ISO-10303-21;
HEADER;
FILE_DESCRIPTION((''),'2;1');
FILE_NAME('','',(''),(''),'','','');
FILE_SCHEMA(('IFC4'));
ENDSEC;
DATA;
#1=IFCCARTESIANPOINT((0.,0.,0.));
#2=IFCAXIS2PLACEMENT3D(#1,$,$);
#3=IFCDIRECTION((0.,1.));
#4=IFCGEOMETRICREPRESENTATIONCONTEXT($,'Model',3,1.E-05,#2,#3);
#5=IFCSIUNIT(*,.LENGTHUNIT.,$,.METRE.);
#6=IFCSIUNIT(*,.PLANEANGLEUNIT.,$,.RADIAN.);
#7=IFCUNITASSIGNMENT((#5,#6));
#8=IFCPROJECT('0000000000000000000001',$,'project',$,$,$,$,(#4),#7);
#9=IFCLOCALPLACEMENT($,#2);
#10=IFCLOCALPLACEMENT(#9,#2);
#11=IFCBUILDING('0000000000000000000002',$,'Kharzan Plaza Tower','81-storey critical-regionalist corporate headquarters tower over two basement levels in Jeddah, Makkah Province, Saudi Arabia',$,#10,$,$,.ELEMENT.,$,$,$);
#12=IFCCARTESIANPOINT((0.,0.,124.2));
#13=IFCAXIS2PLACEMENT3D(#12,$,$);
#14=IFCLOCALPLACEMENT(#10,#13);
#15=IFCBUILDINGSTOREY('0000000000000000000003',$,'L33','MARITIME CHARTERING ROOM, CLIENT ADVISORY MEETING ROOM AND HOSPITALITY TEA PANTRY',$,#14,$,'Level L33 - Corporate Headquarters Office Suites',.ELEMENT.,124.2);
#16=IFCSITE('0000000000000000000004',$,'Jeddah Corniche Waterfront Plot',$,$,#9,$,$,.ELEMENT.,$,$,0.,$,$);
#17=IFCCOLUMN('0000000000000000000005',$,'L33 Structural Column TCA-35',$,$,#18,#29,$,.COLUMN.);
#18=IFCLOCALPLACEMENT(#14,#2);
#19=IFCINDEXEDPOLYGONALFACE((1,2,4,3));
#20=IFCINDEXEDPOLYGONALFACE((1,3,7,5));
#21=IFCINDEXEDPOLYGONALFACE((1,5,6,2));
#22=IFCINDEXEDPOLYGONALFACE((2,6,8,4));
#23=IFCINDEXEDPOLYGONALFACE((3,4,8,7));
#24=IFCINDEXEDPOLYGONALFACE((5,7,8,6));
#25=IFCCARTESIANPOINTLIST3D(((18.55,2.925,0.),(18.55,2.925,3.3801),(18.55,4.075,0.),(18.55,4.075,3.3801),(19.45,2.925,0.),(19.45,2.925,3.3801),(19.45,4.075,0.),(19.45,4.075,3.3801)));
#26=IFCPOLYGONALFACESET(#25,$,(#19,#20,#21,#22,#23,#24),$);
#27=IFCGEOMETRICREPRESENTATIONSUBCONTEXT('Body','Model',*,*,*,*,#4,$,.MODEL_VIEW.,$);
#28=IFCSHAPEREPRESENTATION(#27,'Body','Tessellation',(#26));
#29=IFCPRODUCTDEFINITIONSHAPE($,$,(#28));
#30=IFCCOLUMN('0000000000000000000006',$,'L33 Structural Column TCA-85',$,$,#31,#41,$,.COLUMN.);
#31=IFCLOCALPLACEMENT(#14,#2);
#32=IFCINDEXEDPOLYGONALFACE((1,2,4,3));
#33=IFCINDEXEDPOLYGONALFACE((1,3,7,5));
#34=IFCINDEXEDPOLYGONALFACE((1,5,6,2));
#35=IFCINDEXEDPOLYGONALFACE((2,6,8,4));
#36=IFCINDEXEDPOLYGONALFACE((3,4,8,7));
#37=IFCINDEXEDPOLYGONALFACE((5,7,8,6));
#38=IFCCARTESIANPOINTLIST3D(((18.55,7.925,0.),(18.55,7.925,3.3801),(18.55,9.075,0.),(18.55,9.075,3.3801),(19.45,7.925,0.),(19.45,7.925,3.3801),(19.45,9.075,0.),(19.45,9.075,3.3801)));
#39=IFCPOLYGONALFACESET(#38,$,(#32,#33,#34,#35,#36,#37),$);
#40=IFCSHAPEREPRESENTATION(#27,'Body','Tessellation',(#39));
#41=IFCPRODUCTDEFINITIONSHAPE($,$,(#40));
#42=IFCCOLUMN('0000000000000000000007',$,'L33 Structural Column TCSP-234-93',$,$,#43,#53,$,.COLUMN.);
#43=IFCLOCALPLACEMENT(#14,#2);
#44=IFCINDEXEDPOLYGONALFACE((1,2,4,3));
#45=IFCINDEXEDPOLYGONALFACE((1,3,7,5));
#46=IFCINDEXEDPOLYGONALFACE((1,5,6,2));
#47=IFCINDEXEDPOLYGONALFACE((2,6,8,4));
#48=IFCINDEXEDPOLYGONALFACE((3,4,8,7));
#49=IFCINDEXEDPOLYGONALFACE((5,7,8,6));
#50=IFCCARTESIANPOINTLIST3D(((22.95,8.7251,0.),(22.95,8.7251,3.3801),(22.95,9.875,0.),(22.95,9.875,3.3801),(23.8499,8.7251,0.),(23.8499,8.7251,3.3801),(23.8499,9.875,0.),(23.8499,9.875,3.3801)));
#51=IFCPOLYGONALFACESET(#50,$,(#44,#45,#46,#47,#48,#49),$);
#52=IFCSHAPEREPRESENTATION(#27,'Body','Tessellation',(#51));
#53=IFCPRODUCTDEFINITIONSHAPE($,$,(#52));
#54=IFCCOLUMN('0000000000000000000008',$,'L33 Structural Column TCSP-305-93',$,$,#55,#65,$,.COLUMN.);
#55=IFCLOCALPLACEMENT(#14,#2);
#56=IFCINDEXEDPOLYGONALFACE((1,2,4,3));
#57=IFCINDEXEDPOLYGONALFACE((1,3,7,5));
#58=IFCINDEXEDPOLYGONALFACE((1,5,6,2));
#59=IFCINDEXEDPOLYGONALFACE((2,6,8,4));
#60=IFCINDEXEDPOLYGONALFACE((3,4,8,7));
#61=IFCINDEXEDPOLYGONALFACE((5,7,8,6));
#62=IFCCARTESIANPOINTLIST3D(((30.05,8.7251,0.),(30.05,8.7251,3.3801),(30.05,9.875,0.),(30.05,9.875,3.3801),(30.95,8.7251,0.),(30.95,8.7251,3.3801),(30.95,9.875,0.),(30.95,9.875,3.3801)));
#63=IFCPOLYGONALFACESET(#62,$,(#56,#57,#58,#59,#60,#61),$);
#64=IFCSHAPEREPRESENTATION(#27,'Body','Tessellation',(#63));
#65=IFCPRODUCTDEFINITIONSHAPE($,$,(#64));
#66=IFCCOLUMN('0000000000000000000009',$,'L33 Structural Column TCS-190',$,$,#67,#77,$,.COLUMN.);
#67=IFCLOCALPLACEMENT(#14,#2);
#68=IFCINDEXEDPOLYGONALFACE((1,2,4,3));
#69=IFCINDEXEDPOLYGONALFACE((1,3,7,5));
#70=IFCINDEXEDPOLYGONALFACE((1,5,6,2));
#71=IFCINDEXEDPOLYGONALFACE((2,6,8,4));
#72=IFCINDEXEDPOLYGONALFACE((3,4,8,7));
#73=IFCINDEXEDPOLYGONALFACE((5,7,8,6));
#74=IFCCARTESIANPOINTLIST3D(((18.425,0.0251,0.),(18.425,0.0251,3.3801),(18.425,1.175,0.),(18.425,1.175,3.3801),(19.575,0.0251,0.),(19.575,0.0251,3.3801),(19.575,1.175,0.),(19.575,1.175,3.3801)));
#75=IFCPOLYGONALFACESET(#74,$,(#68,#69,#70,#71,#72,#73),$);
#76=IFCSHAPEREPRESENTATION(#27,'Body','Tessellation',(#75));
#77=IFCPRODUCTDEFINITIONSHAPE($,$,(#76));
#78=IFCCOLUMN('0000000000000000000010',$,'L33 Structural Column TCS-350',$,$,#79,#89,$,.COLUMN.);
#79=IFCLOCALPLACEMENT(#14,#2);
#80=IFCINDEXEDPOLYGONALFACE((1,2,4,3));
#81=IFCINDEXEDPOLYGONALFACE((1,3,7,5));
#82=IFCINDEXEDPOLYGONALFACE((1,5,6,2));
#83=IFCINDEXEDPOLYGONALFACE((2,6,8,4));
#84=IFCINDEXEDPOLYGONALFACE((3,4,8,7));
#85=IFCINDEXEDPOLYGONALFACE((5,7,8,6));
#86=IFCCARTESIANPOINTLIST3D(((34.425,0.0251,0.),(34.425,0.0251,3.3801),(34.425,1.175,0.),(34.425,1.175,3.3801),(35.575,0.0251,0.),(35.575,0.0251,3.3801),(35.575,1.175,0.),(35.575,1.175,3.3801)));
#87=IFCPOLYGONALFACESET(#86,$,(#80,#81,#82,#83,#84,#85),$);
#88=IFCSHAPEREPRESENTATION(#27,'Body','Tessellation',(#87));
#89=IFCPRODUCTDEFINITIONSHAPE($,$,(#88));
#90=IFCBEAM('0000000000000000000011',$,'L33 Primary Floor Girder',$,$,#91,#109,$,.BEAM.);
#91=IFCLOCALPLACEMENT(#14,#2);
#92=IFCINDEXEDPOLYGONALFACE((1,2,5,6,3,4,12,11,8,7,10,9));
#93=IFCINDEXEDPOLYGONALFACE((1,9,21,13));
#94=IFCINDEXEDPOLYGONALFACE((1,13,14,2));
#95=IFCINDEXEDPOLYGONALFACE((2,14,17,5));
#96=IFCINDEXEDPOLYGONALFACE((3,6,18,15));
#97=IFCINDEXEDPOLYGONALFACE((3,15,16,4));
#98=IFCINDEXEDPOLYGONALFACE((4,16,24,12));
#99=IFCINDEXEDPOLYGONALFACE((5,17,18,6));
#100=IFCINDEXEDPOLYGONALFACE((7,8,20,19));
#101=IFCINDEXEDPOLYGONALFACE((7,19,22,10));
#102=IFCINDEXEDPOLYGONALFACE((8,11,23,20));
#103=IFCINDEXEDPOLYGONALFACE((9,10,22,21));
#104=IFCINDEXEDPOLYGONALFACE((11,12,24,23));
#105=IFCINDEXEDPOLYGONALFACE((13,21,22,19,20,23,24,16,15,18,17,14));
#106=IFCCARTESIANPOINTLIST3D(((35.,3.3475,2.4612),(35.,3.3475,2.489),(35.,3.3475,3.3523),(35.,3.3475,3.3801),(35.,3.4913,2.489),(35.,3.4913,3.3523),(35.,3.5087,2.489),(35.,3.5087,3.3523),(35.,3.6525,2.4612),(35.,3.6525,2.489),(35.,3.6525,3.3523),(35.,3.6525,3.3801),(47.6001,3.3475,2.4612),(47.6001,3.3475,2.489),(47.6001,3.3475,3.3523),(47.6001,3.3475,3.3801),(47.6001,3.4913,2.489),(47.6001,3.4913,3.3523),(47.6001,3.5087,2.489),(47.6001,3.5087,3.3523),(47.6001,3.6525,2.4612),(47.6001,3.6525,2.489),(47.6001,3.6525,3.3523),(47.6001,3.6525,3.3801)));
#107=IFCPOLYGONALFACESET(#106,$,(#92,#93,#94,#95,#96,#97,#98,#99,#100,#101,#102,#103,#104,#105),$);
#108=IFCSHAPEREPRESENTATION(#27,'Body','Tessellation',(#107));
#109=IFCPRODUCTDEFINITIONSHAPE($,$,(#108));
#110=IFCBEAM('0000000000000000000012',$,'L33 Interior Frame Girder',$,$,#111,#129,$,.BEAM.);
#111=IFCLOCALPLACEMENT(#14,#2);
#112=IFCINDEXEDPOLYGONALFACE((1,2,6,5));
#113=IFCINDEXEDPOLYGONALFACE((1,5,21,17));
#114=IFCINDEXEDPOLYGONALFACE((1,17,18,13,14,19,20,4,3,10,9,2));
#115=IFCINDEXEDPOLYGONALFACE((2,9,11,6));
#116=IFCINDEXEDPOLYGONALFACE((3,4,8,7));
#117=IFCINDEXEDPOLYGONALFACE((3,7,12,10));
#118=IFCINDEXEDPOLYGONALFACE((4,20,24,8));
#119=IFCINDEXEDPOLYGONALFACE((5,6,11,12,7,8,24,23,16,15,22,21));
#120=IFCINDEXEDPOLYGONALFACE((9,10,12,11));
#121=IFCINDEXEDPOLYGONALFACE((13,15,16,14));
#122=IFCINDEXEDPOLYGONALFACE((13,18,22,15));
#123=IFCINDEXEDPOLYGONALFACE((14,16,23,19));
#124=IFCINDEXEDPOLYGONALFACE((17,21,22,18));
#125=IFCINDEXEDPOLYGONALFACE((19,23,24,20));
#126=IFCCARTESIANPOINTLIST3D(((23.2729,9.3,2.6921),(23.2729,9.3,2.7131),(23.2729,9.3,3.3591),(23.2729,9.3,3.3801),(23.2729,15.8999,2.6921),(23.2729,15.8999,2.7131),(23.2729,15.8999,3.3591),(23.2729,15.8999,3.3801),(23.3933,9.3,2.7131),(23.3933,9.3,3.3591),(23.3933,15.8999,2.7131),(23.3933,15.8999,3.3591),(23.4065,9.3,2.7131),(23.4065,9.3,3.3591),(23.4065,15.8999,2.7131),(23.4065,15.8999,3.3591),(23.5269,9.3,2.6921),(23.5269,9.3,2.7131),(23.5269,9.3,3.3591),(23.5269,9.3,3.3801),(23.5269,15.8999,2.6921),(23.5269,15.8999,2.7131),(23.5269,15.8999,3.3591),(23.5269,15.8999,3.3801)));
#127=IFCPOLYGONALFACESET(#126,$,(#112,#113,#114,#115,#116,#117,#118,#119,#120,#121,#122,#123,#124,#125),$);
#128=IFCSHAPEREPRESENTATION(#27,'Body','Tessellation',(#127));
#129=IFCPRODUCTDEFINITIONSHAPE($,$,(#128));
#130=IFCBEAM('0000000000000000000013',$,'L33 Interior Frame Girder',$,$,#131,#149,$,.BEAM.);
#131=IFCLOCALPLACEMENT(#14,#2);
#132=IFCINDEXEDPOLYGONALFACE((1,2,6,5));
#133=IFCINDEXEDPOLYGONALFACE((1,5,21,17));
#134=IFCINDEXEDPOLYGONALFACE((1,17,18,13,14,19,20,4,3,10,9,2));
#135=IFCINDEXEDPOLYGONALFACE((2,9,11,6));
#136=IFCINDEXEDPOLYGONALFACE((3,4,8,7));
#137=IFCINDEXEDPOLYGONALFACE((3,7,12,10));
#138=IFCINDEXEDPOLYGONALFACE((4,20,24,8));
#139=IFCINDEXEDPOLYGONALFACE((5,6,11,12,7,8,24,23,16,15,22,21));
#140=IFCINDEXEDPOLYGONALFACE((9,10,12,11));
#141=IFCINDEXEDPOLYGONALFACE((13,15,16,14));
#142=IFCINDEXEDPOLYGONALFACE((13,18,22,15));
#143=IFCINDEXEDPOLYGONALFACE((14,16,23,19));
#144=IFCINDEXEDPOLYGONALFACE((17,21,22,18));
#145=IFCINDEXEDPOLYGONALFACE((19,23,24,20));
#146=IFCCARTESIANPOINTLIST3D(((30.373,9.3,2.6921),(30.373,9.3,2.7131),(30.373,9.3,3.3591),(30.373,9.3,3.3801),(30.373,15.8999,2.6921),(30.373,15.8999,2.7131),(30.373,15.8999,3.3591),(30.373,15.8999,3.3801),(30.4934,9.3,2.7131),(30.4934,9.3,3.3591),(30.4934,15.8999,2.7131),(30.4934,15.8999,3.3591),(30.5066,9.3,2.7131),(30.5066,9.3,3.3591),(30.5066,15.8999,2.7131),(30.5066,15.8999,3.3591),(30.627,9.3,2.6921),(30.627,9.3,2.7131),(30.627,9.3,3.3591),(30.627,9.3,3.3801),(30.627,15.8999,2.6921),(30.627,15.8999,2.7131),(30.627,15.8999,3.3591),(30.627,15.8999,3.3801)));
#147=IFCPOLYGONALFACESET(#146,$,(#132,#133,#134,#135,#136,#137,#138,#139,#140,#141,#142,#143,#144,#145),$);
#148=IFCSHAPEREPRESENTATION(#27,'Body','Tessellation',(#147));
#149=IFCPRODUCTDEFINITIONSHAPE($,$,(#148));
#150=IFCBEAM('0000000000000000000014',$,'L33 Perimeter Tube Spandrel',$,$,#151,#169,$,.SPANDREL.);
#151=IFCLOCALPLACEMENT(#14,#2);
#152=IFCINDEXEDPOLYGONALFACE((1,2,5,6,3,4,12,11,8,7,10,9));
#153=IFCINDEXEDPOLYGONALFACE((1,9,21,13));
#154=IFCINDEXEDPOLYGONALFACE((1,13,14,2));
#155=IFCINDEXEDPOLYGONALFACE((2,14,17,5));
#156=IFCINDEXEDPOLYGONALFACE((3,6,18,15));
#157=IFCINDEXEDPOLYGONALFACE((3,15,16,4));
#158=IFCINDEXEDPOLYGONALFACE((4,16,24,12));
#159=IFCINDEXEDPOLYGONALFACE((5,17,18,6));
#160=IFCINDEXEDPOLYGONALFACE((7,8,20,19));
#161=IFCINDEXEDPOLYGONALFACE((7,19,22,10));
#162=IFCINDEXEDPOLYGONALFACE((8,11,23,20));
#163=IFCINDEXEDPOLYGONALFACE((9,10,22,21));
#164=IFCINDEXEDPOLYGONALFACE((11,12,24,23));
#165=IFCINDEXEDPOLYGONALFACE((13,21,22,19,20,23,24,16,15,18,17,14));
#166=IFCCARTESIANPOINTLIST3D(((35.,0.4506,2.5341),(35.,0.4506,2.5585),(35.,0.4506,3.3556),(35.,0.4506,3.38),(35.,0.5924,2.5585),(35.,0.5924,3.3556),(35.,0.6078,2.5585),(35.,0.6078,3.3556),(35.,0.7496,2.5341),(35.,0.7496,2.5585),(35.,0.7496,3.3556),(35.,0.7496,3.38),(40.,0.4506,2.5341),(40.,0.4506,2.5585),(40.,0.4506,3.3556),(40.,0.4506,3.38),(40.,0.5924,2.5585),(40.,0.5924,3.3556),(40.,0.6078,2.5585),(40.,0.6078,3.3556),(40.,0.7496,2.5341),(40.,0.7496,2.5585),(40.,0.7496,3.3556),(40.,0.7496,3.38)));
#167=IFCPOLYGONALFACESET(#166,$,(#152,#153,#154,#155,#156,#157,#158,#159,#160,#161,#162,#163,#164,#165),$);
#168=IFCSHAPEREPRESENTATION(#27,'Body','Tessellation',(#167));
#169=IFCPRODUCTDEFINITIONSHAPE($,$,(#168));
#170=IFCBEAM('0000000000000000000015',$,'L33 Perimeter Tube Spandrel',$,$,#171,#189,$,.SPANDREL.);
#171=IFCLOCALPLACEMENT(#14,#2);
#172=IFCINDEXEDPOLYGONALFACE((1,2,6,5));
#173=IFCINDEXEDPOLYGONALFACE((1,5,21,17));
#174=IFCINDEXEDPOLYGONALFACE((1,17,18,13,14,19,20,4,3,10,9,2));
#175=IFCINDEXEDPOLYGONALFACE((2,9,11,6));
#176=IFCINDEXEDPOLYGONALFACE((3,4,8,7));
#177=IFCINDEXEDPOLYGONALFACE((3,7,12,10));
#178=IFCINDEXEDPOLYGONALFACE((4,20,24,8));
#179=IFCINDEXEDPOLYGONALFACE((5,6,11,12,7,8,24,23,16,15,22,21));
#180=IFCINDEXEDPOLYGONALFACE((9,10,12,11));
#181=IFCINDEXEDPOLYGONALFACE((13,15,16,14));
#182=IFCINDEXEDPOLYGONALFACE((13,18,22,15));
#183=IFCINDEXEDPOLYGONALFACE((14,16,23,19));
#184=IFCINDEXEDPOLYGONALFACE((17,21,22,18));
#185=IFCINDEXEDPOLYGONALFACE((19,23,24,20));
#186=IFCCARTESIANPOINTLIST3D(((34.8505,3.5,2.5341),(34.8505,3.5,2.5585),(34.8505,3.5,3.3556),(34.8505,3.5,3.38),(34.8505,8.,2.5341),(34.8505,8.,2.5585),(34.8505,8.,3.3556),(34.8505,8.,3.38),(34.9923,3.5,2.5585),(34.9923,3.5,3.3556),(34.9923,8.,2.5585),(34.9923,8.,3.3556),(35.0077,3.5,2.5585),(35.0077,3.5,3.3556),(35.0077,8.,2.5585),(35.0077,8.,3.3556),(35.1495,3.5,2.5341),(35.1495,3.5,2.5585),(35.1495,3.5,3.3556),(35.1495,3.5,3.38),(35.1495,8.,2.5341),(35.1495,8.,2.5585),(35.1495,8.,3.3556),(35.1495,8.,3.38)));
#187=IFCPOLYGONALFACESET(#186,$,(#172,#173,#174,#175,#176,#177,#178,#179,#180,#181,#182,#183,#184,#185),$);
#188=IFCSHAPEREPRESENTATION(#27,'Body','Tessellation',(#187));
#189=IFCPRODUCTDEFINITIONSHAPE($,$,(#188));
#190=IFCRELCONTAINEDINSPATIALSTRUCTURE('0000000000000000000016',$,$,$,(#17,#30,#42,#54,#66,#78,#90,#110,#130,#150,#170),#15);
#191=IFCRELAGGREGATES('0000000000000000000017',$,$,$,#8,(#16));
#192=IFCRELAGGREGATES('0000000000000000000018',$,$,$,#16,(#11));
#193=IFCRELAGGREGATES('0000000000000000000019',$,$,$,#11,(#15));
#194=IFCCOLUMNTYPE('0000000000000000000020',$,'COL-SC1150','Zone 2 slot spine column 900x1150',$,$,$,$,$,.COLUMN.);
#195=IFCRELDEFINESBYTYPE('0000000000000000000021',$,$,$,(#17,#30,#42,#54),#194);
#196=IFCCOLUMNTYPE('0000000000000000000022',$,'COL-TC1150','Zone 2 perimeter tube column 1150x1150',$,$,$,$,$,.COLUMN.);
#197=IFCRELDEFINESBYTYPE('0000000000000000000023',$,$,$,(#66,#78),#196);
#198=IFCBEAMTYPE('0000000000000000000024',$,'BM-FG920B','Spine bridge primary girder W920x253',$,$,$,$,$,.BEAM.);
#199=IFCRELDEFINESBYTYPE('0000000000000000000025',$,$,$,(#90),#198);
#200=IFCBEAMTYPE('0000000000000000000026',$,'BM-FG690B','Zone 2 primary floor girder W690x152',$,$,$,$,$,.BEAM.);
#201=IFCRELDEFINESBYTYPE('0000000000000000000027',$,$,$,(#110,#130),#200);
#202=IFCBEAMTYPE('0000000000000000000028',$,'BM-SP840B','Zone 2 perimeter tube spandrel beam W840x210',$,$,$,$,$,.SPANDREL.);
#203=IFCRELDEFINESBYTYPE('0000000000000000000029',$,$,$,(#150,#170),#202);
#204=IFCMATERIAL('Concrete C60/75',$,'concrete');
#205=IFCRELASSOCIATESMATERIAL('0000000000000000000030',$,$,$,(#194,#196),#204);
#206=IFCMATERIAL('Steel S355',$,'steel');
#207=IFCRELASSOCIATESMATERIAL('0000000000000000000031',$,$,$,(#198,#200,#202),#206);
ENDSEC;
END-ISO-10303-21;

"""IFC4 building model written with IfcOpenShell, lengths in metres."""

from ifc_helpers import new_model, si_unit, direction, frame, origin, origin_2d, place, context, subcontext, project, spatial, rectangle, i_section, extrude, source, transform, mapped, material, material_profile, profile_set, type_object, element, save


model = new_model("IFC4")

# Units and contexts
model_context = context("Model", 3, precision=1e-05, world=origin(), true_north=direction((0.0, 1.0)))
body_context = subcontext(model_context, "Body", "Model", "MODEL_VIEW")
ifc_project = project(units=[si_unit("LENGTHUNIT", "METRE"), si_unit("PLANEANGLEUNIT", "RADIAN")], contexts=[model_context])

# Site, building, storey
site_placement = place(None, origin())
site = spatial("IfcSite", under=ifc_project, at=site_placement, Name="Jeddah Corniche Waterfront Plot", CompositionType="ELEMENT", RefElevation=0.0)
building_placement = place(site_placement, origin())
building = spatial("IfcBuilding", under=site, at=building_placement, Name="Kharzan Plaza Tower", Description="81-storey critical-regionalist corporate headquarters tower over two basement levels in Jeddah, Makkah Province, Saudi Arabia", CompositionType="ELEMENT")
storey_placement = place(building_placement, frame((0.0, 0.0, 124.2)))
storey = spatial("IfcBuildingStorey", under=building, at=storey_placement, Name="L33", Description="MARITIME CHARTERING ROOM, CLIENT ADVISORY MEETING ROOM AND HOSPITALITY TEA PANTRY", LongName="Level L33 - Corporate Headquarters Office Suites", CompositionType="ELEMENT", Elevation=124.2)

# Columns
ifc_material_1 = material(Name="Concrete C60/75", Category="concrete")
ifc_material_profile_1 = material_profile(ifc_material_1, rectangle(XDim=0.8999, YDim=1.1499, at=origin_2d()), Name="RC-SC1150x900")
ifc_profile_set_1 = profile_set([ifc_material_profile_1], Name="Concrete C60/75")
column_type_1 = type_object("IfcColumnType", Name="COL-SC1150", Description="Zone 2 slot spine column 900x1150", PredefinedType="COLUMN", material=ifc_profile_set_1)
shared_shape_1 = source(origin(), body_context, "Body", "SweptSolid", [
    extrude(rectangle(XDim=0.8999, YDim=1.1499, at=origin_2d()), origin(), (0.0, 0.0, 1.0), 3.3801),
])
for number, where, z_axis, x_axis, name in (
    (1, (19.0, 3.5, 0.0), (0.0, 0.0, 1.0), (1.0, 0.0, 0.0), "L33 Structural Column TCA-35"),
    (2, (19.0, 8.5, 0.0), (0.0, 0.0, 1.0), (1.0, 0.0, 0.0), "L33 Structural Column TCA-85"),
    (3, (23.3999, 9.3, 0.0), (0.0, 0.0, 1.0), (1.0, 0.0, 0.0), "L33 Structural Column TCSP-234-93"),
    (4, (30.5, 9.3, 0.0), (0.0, 0.0, 1.0), (1.0, 0.0, 0.0), "L33 Structural Column TCSP-305-93"),
):
    element("IfcColumn", number, at=place(storey_placement, frame(where, z_axis=z_axis, x_axis=x_axis)), inside=storey, type_object=column_type_1, Name=name, PredefinedType="COLUMN", context=body_context, shape_type="MappedRepresentation", body=[
        mapped(shared_shape_1, transform((0.0, 0.0, 0.0), x_axis=(1.0, 0.0, 0.0), y_axis=(0.0, 1.0, 0.0), z_axis=(0.0, 0.0, 1.0))),
    ])
ifc_material_profile_2 = material_profile(ifc_material_1, rectangle(XDim=1.1499, YDim=1.1499, at=origin_2d()), Name="RC-TC1150x1150")
ifc_profile_set_2 = profile_set([ifc_material_profile_2], Name="Concrete C60/75")
column_type_2 = type_object("IfcColumnType", Name="COL-TC1150", Description="Zone 2 perimeter tube column 1150x1150", PredefinedType="COLUMN", material=ifc_profile_set_2)
shared_shape_2 = source(origin(), body_context, "Body", "SweptSolid", [
    extrude(rectangle(XDim=1.1499, YDim=1.1499, at=origin_2d()), origin(), (0.0, 0.0, 1.0), 3.3801),
])
for number, where, z_axis, x_axis, name in (
    (5, (19.0, 0.6001, 0.0), (0.0, 0.0, 1.0), (1.0, 0.0, 0.0), "L33 Structural Column TCS-190"),
    (6, (35.0, 0.6001, 0.0), (0.0, 0.0, 1.0), (1.0, 0.0, 0.0), "L33 Structural Column TCS-350"),
):
    element("IfcColumn", number, at=place(storey_placement, frame(where, z_axis=z_axis, x_axis=x_axis)), inside=storey, type_object=column_type_2, Name=name, PredefinedType="COLUMN", context=body_context, shape_type="MappedRepresentation", body=[
        mapped(shared_shape_2, transform((0.0, 0.0, 0.0), x_axis=(1.0, 0.0, 0.0), y_axis=(0.0, 1.0, 0.0), z_axis=(0.0, 0.0, 1.0))),
    ])

# Beams
ifc_material_2 = material(Name="Steel S355", Category="steel")
ifc_material_profile_3 = material_profile(ifc_material_2, i_section(OverallWidth=0.3049, OverallDepth=0.9189, WebThickness=0.0173, FlangeThickness=0.0278, at=origin_2d()), Name="W920x253")
ifc_profile_set_3 = profile_set([ifc_material_profile_3], Name="Steel S355")
beam_type_1 = type_object("IfcBeamType", Name="BM-FG920B", Description="Spine bridge primary girder W920x253", PredefinedType="BEAM", material=ifc_profile_set_3)
shared_shape_3 = source(origin(), body_context, "Body", "SweptSolid", [
    extrude(i_section(OverallWidth=0.3049, OverallDepth=0.9189, WebThickness=0.0173, FlangeThickness=0.0278, at=origin_2d()), origin(), (0.0, 0.0, 1.0), 12.6001),
])
beam_1_placement = place(storey_placement, frame((35.0, 3.5, 2.9207), z_axis=(1.0, 0.0, 0.0), x_axis=(0.0, 1.0, 0.0)))
element("IfcBeam", 7, at=beam_1_placement, inside=storey, type_object=beam_type_1, Name="L33 Primary Floor Girder", PredefinedType="BEAM", context=body_context, shape_type="MappedRepresentation", body=[
    mapped(shared_shape_3, transform((0.0, 0.0, 0.0), x_axis=(1.0, 0.0, 0.0), y_axis=(0.0, 1.0, 0.0), z_axis=(0.0, 0.0, 1.0))),
])
ifc_material_profile_4 = material_profile(ifc_material_2, i_section(OverallWidth=0.2539, OverallDepth=0.688, WebThickness=0.0132, FlangeThickness=0.021, at=origin_2d()), Name="W690x152")
ifc_profile_set_4 = profile_set([ifc_material_profile_4], Name="Steel S355")
beam_type_2 = type_object("IfcBeamType", Name="BM-FG690B", Description="Zone 2 primary floor girder W690x152", PredefinedType="BEAM", material=ifc_profile_set_4)
shared_shape_4 = source(origin(), body_context, "Body", "SweptSolid", [
    extrude(i_section(OverallWidth=0.2539, OverallDepth=0.688, WebThickness=0.0132, FlangeThickness=0.021, at=origin_2d()), origin(), (0.0, 0.0, 1.0), 6.5999),
])
for number, where, z_axis, x_axis, name in (
    (8, (23.3999, 9.3, 3.0361), (0.0, 1.0, 0.0), (-1.0, 0.0, 0.0), "L33 Interior Frame Girder"),
    (9, (30.5, 9.3, 3.0361), (0.0, 1.0, 0.0), (-1.0, 0.0, 0.0), "L33 Interior Frame Girder"),
):
    element("IfcBeam", number, at=place(storey_placement, frame(where, z_axis=z_axis, x_axis=x_axis)), inside=storey, type_object=beam_type_2, Name=name, PredefinedType="BEAM", context=body_context, shape_type="MappedRepresentation", body=[
        mapped(shared_shape_4, transform((0.0, 0.0, 0.0), x_axis=(1.0, 0.0, 0.0), y_axis=(0.0, 1.0, 0.0), z_axis=(0.0, 0.0, 1.0))),
    ])
ifc_material_profile_5 = material_profile(ifc_material_2, i_section(OverallWidth=0.2991, OverallDepth=0.8459, WebThickness=0.0154, FlangeThickness=0.0244, at=origin_2d()), Name="W840x210")
ifc_profile_set_5 = profile_set([ifc_material_profile_5], Name="Steel S355")
beam_type_3 = type_object("IfcBeamType", Name="BM-SP840B", Description="Zone 2 perimeter tube spandrel beam W840x210", PredefinedType="SPANDREL", material=ifc_profile_set_5)
shared_shape_5 = source(origin(), body_context, "Body", "SweptSolid", [
    extrude(i_section(OverallWidth=0.2991, OverallDepth=0.8459, WebThickness=0.0154, FlangeThickness=0.0244, at=origin_2d()), origin(), (0.0, 0.0, 1.0), 5.0),
])
beam_2_placement = place(storey_placement, frame((35.0, 0.6001, 2.957), z_axis=(1.0, 0.0, 0.0), x_axis=(0.0, 1.0, 0.0)))
element("IfcBeam", 10, at=beam_2_placement, inside=storey, type_object=beam_type_3, Name="L33 Perimeter Tube Spandrel", PredefinedType="SPANDREL", context=body_context, shape_type="MappedRepresentation", body=[
    mapped(shared_shape_5, transform((0.0, 0.0, 0.0), x_axis=(1.0, 0.0, 0.0), y_axis=(0.0, 1.0, 0.0), z_axis=(0.0, 0.0, 1.0))),
])
shared_shape_6 = source(origin(), body_context, "Body", "SweptSolid", [
    extrude(i_section(OverallWidth=0.2991, OverallDepth=0.8459, WebThickness=0.0154, FlangeThickness=0.0244, at=origin_2d()), origin(), (0.0, 0.0, 1.0), 4.5),
])
beam_3_placement = place(storey_placement, frame((35.0, 3.5, 2.957), z_axis=(0.0, 1.0, 0.0), x_axis=(-1.0, 0.0, 0.0)))
element("IfcBeam", 11, at=beam_3_placement, inside=storey, type_object=beam_type_3, Name="L33 Perimeter Tube Spandrel", PredefinedType="SPANDREL", context=body_context, shape_type="MappedRepresentation", body=[
    mapped(shared_shape_6, transform((0.0, 0.0, 0.0), x_axis=(1.0, 0.0, 0.0), y_axis=(0.0, 1.0, 0.0), z_axis=(0.0, 0.0, 1.0))),
])

save(model, "model.ifc")
